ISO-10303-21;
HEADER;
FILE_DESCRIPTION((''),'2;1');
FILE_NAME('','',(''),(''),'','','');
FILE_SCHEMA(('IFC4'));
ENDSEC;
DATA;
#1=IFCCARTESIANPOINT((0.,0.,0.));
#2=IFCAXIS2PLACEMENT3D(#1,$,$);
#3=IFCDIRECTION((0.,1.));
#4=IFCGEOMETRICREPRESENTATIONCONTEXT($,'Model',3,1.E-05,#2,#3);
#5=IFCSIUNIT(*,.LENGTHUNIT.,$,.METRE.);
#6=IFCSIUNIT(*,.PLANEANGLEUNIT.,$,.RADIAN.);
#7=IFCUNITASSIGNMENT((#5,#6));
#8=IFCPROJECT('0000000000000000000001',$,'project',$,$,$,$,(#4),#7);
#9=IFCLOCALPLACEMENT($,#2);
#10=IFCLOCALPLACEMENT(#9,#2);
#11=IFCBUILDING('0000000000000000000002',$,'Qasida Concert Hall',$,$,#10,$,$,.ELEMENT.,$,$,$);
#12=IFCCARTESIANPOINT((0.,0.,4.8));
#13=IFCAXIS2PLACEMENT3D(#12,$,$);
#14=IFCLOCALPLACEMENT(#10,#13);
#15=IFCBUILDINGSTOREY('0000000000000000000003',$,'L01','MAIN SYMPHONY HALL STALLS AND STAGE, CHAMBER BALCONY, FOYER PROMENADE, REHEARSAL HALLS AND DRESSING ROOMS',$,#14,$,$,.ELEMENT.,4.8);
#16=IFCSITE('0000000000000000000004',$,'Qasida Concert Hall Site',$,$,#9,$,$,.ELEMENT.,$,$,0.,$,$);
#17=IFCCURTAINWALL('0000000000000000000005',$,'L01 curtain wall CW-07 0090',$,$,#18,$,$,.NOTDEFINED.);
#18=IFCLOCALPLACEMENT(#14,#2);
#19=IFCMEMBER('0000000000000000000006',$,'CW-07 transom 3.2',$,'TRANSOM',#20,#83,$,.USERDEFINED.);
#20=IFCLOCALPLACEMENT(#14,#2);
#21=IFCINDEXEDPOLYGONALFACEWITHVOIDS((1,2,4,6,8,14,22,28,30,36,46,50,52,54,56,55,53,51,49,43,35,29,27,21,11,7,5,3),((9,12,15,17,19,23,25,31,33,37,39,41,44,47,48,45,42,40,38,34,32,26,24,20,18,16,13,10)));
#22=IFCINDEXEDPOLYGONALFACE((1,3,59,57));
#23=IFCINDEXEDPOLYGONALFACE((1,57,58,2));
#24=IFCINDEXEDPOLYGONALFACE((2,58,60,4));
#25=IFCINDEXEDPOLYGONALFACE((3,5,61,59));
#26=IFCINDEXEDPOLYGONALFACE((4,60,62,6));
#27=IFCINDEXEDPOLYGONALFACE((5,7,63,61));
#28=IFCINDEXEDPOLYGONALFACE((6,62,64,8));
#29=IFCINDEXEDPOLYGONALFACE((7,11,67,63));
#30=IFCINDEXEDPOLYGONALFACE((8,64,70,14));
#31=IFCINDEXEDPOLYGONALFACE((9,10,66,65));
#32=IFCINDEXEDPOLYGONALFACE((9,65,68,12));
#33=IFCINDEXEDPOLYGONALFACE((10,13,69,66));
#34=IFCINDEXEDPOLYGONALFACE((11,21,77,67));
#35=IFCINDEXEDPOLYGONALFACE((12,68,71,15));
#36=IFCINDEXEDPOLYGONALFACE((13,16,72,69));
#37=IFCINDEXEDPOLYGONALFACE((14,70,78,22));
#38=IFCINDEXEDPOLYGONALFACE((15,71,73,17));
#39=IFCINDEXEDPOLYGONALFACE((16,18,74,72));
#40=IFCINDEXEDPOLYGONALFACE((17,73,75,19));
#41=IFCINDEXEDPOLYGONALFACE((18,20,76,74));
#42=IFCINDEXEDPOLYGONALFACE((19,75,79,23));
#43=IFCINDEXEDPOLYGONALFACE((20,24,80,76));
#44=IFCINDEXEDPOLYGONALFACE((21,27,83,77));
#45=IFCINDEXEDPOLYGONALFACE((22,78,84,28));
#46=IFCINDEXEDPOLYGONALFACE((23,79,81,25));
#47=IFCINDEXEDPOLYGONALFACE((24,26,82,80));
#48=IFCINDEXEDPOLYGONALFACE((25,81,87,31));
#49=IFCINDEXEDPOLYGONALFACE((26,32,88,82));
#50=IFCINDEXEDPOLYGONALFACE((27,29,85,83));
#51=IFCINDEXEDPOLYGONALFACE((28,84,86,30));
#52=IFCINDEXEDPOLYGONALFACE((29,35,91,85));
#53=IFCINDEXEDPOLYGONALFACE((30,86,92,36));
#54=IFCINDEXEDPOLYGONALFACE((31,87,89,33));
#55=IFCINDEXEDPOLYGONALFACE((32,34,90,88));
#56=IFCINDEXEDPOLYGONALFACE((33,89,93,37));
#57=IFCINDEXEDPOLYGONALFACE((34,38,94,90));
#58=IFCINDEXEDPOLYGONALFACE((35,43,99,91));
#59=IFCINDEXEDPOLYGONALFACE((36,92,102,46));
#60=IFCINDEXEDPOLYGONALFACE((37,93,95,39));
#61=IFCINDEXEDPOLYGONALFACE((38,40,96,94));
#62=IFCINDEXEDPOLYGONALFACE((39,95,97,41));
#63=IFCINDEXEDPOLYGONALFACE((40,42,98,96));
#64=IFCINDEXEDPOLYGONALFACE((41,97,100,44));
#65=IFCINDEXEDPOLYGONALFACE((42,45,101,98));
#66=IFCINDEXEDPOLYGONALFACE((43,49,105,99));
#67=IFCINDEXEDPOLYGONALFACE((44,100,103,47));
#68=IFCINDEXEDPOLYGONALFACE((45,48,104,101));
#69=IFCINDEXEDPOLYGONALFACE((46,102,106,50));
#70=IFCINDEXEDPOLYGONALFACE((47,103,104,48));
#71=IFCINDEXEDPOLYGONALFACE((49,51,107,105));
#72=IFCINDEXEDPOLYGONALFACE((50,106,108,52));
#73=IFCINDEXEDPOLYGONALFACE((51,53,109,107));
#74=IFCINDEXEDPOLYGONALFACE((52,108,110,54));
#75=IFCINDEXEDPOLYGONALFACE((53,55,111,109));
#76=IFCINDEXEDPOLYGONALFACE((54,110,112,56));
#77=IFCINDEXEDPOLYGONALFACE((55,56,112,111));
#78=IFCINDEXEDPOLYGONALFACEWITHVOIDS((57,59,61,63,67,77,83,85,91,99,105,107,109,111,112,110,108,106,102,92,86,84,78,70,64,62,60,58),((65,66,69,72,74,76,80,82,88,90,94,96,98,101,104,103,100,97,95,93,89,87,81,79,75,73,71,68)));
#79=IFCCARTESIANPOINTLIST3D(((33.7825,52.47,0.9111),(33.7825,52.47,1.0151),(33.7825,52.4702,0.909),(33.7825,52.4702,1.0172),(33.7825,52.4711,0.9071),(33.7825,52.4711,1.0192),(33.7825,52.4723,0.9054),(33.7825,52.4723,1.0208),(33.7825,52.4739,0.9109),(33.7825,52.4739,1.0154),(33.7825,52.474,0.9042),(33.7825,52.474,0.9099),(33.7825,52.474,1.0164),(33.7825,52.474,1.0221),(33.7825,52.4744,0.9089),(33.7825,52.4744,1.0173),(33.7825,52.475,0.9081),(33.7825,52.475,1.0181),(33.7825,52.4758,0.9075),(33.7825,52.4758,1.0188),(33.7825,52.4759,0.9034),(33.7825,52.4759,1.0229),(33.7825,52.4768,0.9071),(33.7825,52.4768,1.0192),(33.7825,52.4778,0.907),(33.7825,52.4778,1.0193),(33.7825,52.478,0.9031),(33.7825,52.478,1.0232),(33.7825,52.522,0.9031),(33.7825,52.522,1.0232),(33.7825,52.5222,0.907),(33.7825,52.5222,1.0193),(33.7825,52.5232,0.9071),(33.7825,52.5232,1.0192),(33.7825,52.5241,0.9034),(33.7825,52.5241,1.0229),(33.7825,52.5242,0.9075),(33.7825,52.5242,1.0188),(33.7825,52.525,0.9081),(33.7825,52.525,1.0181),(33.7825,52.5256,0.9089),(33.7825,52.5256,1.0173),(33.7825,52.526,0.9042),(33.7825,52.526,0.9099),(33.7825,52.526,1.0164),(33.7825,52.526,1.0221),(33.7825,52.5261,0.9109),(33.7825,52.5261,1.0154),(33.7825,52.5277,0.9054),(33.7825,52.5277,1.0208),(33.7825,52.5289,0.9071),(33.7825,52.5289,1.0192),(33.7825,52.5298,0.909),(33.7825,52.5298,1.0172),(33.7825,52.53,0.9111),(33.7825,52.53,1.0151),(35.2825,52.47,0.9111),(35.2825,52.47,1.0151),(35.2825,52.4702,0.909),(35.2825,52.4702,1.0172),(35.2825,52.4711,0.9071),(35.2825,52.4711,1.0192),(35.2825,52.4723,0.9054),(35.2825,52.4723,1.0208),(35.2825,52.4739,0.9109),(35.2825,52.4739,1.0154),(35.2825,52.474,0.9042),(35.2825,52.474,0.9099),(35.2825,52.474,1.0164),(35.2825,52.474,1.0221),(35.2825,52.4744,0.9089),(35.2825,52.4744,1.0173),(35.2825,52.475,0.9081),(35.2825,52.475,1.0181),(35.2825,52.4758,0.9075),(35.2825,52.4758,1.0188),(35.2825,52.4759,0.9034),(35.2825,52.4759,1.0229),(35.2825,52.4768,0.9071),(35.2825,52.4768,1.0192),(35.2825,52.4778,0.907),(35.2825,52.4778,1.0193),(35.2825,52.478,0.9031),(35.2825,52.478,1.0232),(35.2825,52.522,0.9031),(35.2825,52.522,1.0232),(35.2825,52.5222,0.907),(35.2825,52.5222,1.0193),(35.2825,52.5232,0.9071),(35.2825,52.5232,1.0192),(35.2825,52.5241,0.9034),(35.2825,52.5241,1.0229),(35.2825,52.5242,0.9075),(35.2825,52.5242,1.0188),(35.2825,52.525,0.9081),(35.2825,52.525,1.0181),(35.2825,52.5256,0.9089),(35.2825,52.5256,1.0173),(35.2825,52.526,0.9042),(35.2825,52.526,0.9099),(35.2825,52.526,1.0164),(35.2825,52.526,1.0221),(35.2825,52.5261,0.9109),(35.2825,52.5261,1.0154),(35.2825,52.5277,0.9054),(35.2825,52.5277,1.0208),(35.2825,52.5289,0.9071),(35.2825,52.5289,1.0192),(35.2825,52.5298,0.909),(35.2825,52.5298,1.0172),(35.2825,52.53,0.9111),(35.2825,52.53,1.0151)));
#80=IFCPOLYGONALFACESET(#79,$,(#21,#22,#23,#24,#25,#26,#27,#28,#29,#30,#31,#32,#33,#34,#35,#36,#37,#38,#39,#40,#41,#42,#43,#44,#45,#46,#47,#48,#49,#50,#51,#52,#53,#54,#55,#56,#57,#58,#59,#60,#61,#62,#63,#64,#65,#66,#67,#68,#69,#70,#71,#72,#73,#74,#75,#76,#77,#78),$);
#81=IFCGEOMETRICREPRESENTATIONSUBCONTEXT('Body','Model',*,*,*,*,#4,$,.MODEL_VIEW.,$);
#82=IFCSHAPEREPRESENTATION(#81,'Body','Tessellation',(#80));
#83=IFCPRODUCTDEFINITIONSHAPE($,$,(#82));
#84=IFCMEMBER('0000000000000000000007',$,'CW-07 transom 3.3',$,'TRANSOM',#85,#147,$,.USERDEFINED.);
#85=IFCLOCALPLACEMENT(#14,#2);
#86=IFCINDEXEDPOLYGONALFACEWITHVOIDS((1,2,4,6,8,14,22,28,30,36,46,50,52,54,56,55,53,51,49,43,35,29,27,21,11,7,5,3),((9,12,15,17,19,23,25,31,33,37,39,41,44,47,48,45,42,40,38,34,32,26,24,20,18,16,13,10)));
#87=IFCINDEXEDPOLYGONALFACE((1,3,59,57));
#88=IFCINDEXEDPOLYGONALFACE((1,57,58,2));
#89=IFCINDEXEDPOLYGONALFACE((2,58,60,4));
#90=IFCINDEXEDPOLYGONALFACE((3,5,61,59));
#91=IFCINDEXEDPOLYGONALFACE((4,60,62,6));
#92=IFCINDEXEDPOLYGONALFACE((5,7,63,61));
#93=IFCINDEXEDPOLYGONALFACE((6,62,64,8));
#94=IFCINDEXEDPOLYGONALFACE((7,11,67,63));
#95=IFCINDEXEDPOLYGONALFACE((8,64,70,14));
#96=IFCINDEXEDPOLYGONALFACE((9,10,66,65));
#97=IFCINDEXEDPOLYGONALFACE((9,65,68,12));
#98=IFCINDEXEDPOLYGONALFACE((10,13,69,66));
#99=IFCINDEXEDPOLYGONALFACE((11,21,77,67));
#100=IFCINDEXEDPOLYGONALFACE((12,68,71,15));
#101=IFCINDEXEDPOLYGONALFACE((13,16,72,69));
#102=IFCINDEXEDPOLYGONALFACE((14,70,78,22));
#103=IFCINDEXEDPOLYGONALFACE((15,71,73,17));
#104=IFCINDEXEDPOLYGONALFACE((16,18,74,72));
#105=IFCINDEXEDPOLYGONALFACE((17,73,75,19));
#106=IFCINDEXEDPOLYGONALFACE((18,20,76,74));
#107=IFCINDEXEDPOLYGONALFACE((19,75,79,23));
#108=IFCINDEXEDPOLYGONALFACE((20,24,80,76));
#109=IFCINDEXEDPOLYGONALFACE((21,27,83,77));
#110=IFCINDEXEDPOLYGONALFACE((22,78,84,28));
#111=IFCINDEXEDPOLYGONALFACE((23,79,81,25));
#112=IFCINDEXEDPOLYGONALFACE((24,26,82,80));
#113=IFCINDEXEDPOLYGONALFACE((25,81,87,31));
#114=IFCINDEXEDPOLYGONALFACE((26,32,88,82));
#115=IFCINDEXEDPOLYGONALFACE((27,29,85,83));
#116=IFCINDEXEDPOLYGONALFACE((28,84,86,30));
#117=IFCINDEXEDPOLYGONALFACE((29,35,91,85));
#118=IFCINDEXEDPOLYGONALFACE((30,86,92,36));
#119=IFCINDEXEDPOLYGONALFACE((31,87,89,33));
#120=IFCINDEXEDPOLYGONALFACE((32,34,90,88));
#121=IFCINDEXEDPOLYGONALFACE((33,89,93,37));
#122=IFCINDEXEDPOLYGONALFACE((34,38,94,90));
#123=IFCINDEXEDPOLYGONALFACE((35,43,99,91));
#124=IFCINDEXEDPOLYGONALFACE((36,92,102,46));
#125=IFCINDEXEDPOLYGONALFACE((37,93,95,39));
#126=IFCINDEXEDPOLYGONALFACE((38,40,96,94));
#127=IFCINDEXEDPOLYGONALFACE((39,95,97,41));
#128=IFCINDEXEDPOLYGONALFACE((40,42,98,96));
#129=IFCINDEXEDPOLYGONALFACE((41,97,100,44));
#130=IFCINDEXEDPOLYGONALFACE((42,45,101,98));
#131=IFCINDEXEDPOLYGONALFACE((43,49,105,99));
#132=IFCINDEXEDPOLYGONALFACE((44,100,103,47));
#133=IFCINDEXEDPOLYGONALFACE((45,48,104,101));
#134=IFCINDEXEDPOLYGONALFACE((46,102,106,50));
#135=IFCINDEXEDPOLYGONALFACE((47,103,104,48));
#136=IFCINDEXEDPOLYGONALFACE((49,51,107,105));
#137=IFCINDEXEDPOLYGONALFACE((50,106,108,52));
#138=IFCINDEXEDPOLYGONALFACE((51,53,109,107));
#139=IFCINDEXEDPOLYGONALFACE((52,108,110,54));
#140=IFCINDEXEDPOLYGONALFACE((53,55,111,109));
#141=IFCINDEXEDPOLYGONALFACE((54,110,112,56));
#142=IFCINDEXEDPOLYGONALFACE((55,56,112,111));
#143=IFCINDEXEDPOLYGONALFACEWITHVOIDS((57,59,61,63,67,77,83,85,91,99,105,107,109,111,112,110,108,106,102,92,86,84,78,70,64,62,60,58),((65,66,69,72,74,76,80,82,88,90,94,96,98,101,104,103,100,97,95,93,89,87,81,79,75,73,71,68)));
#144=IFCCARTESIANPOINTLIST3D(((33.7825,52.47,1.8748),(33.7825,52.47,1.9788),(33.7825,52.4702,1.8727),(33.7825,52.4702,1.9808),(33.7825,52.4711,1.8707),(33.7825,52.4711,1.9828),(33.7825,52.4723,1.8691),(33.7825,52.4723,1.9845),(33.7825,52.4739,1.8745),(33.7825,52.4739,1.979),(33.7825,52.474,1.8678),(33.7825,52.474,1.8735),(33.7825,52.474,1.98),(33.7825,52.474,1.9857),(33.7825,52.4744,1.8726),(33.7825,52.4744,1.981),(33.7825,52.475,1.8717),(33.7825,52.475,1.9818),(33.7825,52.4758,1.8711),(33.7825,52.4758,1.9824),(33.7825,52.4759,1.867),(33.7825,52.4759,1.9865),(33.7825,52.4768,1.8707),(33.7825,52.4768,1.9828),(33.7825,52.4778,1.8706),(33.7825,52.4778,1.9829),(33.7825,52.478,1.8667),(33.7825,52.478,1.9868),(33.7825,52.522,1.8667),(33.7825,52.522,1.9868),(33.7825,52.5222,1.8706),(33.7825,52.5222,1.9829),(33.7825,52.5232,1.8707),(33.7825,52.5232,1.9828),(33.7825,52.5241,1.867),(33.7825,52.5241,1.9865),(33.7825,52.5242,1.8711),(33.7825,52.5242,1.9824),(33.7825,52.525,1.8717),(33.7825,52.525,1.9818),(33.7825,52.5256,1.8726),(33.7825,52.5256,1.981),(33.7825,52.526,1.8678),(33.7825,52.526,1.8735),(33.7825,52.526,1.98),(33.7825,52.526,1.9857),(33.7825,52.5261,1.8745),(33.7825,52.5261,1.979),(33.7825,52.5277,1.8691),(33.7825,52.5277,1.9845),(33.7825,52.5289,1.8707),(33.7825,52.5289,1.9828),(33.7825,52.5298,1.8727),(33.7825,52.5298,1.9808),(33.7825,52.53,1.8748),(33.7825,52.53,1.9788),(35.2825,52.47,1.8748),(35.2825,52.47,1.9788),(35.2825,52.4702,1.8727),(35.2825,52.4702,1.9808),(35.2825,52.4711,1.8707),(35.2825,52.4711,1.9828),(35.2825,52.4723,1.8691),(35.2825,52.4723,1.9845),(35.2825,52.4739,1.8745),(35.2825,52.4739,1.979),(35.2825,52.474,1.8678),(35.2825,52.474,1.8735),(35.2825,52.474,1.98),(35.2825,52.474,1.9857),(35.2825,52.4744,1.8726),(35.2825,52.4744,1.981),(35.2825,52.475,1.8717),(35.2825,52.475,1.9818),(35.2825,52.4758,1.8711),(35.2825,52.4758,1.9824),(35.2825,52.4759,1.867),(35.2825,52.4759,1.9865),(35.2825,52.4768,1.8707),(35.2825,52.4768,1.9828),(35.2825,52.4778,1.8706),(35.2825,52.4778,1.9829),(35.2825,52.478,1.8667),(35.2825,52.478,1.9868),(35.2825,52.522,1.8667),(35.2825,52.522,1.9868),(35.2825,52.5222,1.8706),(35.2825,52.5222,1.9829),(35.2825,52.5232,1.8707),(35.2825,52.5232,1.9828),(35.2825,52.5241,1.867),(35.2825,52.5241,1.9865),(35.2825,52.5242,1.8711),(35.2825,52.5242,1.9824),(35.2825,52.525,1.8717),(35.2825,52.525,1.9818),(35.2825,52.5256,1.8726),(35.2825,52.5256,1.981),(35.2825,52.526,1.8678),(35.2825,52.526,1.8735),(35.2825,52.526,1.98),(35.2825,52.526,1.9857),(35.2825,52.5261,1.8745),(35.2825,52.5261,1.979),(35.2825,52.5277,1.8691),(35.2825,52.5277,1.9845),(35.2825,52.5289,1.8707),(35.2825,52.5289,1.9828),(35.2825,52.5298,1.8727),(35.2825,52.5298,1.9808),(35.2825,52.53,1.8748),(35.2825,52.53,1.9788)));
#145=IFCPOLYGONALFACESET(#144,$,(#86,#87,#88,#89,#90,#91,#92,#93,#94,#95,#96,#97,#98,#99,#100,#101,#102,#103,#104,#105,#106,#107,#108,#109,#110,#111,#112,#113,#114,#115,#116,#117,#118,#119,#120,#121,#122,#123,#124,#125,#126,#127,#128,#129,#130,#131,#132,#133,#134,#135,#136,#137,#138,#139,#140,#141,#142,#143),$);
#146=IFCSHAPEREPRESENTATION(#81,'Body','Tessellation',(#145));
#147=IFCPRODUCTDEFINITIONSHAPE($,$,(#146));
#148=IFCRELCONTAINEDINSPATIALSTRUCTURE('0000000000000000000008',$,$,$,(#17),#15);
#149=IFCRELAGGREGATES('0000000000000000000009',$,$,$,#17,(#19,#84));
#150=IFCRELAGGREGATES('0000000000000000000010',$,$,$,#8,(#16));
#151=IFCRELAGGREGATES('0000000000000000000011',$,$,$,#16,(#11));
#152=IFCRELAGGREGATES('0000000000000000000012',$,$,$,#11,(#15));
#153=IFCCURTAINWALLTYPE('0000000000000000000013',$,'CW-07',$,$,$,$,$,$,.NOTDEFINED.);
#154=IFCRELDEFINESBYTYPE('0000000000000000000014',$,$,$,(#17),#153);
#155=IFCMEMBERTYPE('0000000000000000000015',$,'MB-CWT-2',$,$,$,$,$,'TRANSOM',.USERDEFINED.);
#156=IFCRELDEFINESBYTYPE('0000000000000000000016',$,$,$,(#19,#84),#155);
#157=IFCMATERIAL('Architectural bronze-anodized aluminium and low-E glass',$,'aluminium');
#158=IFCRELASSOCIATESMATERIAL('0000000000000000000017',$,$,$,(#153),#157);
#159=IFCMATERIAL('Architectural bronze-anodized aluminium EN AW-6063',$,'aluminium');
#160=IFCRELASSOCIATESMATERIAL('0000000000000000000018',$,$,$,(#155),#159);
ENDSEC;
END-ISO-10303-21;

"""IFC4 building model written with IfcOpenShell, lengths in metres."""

from ifc_helpers import new_model, si_unit, direction, frame, origin, origin_2d, place, context, subcontext, project, spatial, hollow_rectangle, extrude, material, material_profile, profile_set, type_object, element, aggregate, save


model = new_model("IFC4")

# Units and contexts
model_context = context("Model", 3, precision=1e-05, world=origin(), true_north=direction((0.0, 1.0)))
body_context = subcontext(model_context, "Body", "Model", "MODEL_VIEW")
ifc_project = project(units=[si_unit("LENGTHUNIT", "METRE"), si_unit("PLANEANGLEUNIT", "RADIAN")], contexts=[model_context])

# Site, building, storey
site_placement = place(None, origin())
site = spatial("IfcSite", under=ifc_project, at=site_placement, Name="Qasida Concert Hall Site", CompositionType="ELEMENT", RefElevation=0.0)
building_placement = place(site_placement, origin())
building = spatial("IfcBuilding", under=site, at=building_placement, Name="Qasida Concert Hall", CompositionType="ELEMENT")
storey_placement = place(building_placement, frame((0.0, 0.0, 4.8)))
storey = spatial("IfcBuildingStorey", under=building, at=storey_placement, Name="L01", Description="MAIN SYMPHONY HALL STALLS AND STAGE, CHAMBER BALCONY, FOYER PROMENADE, REHEARSAL HALLS AND DRESSING ROOMS", CompositionType="ELEMENT", Elevation=4.8)

# Curtain wall
ifc_material_1 = material(Name="Architectural bronze-anodized aluminium and low-E glass", Category="aluminium")
curtain_wall_type_1 = type_object("IfcCurtainWallType", Name="CW-07", PredefinedType="NOTDEFINED", material=ifc_material_1)
curtain_wall_1_placement = place(storey_placement, origin())
curtain_wall_1 = element("IfcCurtainWall", 1, at=curtain_wall_1_placement, inside=storey, type_object=curtain_wall_type_1, Name="L01 curtain wall CW-07 0090", PredefinedType="NOTDEFINED")
ifc_material_2 = material(Name="Architectural bronze-anodized aluminium EN AW-6063", Category="aluminium")

# Members
ifc_material_profile_1 = material_profile(ifc_material_2, hollow_rectangle(XDim=0.0601, YDim=0.1201, WallThickness=0.0039, InnerFilletRadius=0.0039, OuterFilletRadius=0.0081, at=origin_2d()), Name="CWT 120x60x4")
ifc_profile_set_1 = profile_set([ifc_material_profile_1], Name="Architectural bronze-anodized aluminium EN AW-6063")
member_type_1 = type_object("IfcMemberType", Name="MB-CWT-2", ElementType="TRANSOM", PredefinedType="USERDEFINED", material=ifc_profile_set_1)
member_1_placement = place(storey_placement, frame((33.7825, 52.5, 0.9631), z_axis=(1.0, 0.0, 0.0), x_axis=(0.0, 1.0, 0.0)))
member_1 = element("IfcMember", 2, at=member_1_placement, type_object=member_type_1, Name="CW-07 transom 3.2", ObjectType="TRANSOM", PredefinedType="USERDEFINED", context=body_context, shape_type="SweptSolid", body=[
    extrude(hollow_rectangle(XDim=0.0601, YDim=0.1201, WallThickness=0.0039, InnerFilletRadius=0.0039, OuterFilletRadius=0.0081, at=origin_2d()), origin(), (0.0, 0.0, 1.0), 1.5),
])
member_2_placement = place(storey_placement, frame((33.7825, 52.5, 1.9268), z_axis=(1.0, 0.0, 0.0), x_axis=(0.0, 1.0, 0.0)))
member_2 = element("IfcMember", 3, at=member_2_placement, type_object=member_type_1, Name="CW-07 transom 3.3", ObjectType="TRANSOM", PredefinedType="USERDEFINED", context=body_context, shape_type="SweptSolid", body=[
    extrude(hollow_rectangle(XDim=0.0601, YDim=0.1201, WallThickness=0.0039, InnerFilletRadius=0.0039, OuterFilletRadius=0.0081, at=origin_2d()), origin(), (0.0, 0.0, 1.0), 1.5),
])

aggregate(curtain_wall_1, [member_1, member_2])

save(model, "model.ifc")
